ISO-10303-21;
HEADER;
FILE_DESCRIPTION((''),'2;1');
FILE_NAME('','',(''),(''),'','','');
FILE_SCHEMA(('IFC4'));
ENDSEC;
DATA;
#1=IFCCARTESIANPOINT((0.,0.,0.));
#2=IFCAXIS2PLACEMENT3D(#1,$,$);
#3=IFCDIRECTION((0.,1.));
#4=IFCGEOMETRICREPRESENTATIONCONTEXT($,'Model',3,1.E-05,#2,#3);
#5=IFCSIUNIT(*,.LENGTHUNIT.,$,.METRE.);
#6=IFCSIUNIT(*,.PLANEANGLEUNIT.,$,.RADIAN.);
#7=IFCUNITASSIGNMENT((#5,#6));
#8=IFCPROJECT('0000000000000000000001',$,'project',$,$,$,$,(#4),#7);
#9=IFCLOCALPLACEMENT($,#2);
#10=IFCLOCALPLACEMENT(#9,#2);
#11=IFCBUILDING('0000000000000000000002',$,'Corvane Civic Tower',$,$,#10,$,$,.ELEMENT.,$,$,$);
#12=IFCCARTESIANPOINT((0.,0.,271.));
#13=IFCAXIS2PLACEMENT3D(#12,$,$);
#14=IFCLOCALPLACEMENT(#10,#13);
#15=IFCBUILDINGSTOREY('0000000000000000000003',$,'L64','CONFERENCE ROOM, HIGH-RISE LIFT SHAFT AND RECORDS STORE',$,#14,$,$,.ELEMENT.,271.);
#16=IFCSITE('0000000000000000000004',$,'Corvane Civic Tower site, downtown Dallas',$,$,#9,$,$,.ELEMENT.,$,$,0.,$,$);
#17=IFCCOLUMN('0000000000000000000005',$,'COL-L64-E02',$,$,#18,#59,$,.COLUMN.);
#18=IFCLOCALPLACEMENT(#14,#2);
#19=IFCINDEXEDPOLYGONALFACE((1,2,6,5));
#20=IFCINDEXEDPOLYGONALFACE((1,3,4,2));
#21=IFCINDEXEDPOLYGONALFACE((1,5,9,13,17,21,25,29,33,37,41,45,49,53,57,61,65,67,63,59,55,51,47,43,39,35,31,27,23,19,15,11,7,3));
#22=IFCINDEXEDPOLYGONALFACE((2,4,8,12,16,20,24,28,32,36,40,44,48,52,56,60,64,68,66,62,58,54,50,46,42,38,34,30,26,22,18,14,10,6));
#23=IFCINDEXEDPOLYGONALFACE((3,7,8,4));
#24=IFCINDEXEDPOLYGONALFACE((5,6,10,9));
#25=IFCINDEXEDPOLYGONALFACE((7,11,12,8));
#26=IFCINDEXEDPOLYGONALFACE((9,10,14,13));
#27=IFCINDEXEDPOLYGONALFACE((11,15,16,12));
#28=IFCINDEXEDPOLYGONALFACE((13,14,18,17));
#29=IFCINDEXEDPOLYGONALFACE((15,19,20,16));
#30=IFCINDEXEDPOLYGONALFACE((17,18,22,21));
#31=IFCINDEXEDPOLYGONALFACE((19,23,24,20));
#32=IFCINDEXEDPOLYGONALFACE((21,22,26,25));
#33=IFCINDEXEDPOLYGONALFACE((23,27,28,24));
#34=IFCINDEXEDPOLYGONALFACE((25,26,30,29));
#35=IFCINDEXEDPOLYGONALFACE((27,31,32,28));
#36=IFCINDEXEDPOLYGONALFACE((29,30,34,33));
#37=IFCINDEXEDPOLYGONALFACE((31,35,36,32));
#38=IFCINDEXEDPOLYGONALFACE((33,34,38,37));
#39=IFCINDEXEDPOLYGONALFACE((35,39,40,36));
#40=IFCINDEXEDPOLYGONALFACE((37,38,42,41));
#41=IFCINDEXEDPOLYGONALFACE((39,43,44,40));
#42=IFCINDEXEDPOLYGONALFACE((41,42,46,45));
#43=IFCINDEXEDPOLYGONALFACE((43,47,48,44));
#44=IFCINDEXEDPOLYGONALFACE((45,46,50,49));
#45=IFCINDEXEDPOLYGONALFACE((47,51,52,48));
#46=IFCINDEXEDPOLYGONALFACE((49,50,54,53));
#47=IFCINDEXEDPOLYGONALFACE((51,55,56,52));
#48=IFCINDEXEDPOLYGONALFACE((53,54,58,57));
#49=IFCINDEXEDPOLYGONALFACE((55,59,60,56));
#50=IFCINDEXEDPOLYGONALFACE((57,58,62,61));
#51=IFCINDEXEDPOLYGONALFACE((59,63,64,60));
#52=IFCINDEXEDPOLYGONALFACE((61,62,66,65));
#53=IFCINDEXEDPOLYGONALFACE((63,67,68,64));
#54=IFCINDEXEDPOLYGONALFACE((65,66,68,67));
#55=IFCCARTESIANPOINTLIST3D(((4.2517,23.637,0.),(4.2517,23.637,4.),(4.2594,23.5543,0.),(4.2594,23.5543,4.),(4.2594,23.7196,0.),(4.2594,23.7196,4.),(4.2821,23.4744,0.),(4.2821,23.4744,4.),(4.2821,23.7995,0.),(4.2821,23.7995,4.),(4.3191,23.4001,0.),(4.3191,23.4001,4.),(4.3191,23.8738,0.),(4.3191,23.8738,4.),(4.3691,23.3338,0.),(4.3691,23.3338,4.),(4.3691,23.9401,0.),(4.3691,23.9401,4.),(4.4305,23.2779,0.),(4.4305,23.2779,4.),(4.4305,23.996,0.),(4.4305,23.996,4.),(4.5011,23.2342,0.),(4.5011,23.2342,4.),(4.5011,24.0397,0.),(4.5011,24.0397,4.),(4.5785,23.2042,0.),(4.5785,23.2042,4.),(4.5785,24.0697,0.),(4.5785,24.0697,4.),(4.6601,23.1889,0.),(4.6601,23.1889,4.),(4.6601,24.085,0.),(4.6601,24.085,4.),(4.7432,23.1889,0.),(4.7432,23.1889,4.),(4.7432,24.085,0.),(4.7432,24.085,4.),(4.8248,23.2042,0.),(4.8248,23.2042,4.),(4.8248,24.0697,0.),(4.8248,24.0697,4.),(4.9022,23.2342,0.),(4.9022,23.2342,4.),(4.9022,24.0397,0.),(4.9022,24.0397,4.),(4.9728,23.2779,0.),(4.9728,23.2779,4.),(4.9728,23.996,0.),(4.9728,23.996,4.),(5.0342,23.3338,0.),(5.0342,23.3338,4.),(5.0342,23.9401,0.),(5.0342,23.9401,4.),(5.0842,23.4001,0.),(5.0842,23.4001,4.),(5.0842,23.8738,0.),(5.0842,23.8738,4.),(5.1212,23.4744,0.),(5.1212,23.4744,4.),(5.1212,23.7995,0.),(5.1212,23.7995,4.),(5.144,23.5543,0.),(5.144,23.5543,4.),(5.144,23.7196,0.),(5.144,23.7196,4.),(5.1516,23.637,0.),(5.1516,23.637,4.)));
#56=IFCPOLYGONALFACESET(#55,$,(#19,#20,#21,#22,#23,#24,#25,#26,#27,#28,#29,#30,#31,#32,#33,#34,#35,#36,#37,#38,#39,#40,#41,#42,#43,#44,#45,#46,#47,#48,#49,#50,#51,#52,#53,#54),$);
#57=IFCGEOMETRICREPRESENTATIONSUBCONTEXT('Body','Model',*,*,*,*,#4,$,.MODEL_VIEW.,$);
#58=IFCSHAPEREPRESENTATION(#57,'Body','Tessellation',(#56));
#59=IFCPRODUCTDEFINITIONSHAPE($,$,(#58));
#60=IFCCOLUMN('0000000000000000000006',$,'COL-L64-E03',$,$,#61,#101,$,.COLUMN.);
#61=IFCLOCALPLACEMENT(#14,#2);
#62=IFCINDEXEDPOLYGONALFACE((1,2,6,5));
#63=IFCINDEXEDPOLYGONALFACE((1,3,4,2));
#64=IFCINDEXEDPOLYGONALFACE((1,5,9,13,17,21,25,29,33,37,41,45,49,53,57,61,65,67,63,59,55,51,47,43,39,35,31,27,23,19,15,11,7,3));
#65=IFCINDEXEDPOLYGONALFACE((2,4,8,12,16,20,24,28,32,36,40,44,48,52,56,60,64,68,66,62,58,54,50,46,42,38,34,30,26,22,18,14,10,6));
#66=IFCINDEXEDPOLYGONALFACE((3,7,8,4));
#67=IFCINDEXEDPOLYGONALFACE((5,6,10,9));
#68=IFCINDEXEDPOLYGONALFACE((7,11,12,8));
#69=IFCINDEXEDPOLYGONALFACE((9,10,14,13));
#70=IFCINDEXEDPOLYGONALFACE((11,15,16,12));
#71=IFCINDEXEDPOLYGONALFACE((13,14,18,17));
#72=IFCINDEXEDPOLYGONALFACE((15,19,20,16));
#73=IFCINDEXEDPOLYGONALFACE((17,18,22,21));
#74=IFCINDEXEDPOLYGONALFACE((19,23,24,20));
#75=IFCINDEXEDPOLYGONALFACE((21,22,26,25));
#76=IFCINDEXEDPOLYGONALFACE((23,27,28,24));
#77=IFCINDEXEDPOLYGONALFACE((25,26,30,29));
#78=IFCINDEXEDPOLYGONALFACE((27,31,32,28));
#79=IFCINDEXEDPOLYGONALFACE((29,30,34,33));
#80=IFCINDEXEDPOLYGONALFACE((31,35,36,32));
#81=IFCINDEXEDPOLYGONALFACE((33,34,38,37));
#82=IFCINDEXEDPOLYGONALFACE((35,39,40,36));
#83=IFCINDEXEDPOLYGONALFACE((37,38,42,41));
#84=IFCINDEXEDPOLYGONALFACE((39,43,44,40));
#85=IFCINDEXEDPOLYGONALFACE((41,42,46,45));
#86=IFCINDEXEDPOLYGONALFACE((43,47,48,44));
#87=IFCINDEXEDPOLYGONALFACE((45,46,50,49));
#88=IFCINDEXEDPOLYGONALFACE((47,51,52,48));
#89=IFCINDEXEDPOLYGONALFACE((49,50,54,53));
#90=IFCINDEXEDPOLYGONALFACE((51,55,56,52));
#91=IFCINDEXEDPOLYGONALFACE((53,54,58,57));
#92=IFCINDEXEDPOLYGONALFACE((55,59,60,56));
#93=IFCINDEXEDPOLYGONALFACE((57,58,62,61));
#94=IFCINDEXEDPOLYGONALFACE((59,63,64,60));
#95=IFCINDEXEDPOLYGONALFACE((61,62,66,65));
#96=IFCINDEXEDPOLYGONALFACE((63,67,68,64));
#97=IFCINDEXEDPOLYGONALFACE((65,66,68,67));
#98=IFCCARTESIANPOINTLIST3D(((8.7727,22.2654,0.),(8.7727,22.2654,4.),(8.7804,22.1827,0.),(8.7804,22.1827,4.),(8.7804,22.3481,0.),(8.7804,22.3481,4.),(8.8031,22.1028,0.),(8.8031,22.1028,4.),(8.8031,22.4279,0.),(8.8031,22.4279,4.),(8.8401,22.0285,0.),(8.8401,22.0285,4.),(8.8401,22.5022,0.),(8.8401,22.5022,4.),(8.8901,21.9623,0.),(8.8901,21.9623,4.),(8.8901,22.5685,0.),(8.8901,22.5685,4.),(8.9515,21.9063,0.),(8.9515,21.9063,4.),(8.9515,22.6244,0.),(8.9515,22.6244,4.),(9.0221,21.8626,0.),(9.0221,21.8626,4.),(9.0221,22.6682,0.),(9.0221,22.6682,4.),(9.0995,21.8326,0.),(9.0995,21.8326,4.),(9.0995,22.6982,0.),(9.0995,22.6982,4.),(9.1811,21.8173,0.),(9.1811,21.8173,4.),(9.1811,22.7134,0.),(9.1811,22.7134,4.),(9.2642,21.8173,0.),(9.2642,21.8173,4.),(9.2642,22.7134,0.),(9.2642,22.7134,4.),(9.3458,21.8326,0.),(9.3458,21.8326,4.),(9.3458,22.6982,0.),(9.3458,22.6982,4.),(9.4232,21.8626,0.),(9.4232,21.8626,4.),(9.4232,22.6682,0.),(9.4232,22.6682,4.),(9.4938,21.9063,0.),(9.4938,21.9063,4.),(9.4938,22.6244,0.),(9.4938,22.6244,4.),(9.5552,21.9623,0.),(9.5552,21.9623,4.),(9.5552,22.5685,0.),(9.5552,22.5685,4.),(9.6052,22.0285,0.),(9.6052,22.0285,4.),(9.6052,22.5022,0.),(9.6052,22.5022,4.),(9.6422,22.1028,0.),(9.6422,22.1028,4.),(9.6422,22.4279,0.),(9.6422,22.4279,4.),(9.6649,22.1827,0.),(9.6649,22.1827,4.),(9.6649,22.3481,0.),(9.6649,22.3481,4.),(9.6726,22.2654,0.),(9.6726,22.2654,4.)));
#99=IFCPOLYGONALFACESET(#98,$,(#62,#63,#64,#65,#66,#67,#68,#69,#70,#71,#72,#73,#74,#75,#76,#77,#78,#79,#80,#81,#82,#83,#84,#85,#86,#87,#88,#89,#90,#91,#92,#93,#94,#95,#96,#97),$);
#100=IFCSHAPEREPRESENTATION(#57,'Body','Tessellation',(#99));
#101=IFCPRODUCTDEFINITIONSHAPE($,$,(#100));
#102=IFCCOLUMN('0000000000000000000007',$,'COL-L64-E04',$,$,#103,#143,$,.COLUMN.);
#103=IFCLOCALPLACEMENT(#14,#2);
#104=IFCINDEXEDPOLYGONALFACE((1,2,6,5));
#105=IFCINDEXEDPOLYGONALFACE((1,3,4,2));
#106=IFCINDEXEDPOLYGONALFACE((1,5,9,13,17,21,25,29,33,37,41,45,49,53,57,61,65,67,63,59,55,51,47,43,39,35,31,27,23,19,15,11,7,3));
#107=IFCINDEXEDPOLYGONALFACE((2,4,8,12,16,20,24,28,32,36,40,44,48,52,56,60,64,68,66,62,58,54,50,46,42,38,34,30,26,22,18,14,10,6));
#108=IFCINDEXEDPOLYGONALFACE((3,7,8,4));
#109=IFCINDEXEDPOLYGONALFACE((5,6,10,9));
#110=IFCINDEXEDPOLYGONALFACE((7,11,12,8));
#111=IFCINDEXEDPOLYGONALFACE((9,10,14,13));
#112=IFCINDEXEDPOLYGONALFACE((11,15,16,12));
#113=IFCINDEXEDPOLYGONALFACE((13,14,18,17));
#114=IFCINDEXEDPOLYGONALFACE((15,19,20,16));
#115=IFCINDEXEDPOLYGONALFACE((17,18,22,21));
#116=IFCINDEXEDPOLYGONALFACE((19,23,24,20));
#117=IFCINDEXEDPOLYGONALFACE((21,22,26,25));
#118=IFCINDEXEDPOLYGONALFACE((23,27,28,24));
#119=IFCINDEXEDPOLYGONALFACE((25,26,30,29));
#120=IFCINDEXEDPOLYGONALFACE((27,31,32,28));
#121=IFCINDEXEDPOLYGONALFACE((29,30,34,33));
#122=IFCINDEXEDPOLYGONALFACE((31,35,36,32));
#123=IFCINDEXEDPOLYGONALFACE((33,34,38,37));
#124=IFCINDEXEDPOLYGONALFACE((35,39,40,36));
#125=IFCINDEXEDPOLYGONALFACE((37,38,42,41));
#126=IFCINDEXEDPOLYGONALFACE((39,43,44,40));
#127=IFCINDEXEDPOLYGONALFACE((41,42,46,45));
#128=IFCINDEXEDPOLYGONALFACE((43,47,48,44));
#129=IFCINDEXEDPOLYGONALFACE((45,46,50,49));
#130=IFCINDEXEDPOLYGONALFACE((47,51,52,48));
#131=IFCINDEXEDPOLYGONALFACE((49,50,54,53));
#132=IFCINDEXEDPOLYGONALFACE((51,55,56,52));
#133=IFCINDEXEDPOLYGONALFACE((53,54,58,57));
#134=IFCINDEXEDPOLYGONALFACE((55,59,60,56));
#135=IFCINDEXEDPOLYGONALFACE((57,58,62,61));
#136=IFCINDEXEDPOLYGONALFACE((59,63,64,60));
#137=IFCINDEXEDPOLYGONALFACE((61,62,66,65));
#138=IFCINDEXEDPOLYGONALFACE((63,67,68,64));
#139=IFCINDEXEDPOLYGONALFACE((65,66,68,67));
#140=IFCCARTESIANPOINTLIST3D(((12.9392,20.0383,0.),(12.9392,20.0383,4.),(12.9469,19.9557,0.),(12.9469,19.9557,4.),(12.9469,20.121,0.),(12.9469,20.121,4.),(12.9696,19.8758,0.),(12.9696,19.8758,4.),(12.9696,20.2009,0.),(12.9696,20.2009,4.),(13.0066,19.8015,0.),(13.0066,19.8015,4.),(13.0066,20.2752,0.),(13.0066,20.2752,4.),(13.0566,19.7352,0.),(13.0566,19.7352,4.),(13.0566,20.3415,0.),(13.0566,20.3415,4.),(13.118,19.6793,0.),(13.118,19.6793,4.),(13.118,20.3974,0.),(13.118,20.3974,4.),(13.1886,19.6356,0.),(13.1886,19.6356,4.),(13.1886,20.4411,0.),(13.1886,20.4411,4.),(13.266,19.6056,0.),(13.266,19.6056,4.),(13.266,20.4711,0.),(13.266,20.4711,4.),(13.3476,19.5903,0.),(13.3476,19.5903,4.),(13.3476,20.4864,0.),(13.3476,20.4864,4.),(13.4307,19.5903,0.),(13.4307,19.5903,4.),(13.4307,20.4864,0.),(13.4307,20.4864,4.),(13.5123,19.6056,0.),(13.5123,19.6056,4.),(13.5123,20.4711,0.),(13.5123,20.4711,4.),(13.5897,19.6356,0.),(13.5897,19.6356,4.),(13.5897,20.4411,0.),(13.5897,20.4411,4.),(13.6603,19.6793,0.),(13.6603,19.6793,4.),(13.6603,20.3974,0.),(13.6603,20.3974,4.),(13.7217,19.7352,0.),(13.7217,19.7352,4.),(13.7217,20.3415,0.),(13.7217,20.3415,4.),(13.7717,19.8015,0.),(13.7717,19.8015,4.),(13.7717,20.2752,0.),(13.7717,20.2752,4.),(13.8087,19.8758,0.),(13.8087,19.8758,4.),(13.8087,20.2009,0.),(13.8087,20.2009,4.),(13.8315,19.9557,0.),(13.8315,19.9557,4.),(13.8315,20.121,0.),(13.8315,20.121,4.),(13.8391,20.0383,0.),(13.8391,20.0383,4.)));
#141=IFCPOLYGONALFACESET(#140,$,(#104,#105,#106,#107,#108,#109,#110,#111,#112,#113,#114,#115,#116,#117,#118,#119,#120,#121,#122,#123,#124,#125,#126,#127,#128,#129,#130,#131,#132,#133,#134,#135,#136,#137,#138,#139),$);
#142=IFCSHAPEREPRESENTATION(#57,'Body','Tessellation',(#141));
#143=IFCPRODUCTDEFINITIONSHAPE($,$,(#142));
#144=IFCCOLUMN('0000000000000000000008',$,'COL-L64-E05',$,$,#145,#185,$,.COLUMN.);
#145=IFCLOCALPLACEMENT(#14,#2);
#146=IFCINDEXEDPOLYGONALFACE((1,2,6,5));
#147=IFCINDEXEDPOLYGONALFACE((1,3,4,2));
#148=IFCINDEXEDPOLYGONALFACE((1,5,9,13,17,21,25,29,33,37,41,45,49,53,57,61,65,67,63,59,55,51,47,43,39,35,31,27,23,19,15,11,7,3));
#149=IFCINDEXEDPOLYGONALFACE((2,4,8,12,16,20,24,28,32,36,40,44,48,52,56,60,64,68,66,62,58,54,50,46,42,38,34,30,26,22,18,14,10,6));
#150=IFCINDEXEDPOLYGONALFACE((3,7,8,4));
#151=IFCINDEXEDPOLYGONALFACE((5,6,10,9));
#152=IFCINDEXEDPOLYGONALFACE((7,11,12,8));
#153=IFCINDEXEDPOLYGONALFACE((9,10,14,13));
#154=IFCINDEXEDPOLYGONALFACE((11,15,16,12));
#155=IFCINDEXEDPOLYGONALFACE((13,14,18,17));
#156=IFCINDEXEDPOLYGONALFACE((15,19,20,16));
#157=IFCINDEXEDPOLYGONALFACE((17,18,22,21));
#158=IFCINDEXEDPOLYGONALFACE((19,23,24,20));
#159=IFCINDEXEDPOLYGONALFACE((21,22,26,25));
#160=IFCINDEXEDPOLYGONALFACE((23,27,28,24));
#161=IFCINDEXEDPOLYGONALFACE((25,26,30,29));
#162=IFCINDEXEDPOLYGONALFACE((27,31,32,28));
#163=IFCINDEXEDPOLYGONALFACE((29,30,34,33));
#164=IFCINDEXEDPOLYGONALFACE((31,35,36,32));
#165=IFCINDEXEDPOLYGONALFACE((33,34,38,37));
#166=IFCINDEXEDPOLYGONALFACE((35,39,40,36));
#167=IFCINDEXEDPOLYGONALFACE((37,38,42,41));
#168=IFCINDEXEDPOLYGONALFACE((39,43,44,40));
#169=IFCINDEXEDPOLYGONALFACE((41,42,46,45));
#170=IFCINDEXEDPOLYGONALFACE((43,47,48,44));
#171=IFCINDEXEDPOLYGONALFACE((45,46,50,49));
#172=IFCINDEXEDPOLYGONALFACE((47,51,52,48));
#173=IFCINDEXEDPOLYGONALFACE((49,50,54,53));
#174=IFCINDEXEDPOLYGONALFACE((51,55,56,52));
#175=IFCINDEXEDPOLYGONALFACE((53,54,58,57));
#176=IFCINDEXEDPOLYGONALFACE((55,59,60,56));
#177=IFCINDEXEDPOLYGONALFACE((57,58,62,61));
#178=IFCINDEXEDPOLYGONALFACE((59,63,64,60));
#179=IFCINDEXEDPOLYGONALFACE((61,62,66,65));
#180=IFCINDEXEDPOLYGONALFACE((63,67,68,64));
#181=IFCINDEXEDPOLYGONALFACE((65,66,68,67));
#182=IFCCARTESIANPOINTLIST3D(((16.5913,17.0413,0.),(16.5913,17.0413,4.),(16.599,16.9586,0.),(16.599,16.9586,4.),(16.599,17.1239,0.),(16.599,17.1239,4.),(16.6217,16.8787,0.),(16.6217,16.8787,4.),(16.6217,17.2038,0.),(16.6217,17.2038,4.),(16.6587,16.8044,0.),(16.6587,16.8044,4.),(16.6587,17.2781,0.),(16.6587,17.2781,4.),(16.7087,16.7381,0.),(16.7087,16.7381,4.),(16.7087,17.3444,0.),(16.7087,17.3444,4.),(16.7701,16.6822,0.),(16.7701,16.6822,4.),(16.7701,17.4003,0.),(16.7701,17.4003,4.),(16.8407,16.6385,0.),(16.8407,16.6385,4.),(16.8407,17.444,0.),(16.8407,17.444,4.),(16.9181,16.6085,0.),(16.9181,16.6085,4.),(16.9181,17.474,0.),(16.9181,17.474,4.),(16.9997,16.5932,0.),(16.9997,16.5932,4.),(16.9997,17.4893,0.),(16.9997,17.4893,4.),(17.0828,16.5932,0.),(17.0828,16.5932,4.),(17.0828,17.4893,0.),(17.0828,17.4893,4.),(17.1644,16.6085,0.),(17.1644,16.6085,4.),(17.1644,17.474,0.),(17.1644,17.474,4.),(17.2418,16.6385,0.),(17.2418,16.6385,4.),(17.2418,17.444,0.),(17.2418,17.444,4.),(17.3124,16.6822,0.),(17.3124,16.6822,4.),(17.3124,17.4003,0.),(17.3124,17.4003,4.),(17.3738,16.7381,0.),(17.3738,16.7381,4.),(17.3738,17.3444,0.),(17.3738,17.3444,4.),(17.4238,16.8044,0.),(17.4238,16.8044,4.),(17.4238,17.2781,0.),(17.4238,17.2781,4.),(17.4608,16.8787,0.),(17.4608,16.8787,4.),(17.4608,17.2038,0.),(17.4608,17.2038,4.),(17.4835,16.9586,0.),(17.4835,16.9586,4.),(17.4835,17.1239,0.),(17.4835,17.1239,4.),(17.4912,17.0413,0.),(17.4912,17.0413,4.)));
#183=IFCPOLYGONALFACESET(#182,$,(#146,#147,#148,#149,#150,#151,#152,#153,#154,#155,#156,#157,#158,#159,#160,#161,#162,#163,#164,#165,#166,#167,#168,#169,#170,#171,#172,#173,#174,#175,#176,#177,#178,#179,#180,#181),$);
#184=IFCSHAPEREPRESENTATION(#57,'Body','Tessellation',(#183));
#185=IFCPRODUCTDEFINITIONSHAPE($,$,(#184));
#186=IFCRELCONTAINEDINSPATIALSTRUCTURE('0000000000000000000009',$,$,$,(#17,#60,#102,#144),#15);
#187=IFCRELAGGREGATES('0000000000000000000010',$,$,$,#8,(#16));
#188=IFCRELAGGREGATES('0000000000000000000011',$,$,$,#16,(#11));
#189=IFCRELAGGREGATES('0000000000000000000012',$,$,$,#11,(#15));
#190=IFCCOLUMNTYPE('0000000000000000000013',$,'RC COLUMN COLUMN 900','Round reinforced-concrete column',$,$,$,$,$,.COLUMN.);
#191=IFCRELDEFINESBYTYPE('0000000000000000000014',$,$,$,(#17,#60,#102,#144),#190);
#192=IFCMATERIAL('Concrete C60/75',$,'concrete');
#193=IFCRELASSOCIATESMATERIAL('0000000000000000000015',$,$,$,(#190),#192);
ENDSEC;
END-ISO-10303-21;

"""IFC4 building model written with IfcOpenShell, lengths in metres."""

from ifc_helpers import new_model, si_unit, direction, frame, origin, origin_2d, place, context, subcontext, project, spatial, circle, extrude, material, material_profile, profile_set, type_object, element, save


model = new_model("IFC4")

# Units and contexts
model_context = context("Model", 3, precision=1e-05, world=origin(), true_north=direction((0.0, 1.0)))
body_context = subcontext(model_context, "Body", "Model", "MODEL_VIEW")
ifc_project = project(units=[si_unit("LENGTHUNIT", "METRE"), si_unit("PLANEANGLEUNIT", "RADIAN")], contexts=[model_context])

# Site, building, storey
site_placement = place(None, origin())
site = spatial("IfcSite", under=ifc_project, at=site_placement, Name="Corvane Civic Tower site, downtown Dallas", CompositionType="ELEMENT", RefElevation=0.0)
building_placement = place(site_placement, origin())
building = spatial("IfcBuilding", under=site, at=building_placement, Name="Corvane Civic Tower", CompositionType="ELEMENT")
storey_placement = place(building_placement, frame((0.0, 0.0, 271.0)))
storey = spatial("IfcBuildingStorey", under=building, at=storey_placement, Name="L64", Description="CONFERENCE ROOM, HIGH-RISE LIFT SHAFT AND RECORDS STORE", CompositionType="ELEMENT", Elevation=271.0)

# Columns
ifc_material_1 = material(Name="Concrete C60/75", Category="concrete")
ifc_material_profile_1 = material_profile(ifc_material_1, circle(Radius=0.45, at=origin_2d()), Name="COLUMN 900")
ifc_profile_set_1 = profile_set([ifc_material_profile_1], Name="Concrete C60/75")
column_type = type_object("IfcColumnType", Name="RC COLUMN COLUMN 900", Description="Round reinforced-concrete column", PredefinedType="COLUMN", material=ifc_profile_set_1)
for number, where, z_axis, x_axis, name in (
    (1, (4.7017, 23.637, 0.0), (0.0, 0.0, 1.0), (1.0, 0.0, 0.0), "COL-L64-E02"),
    (2, (9.2227, 22.2654, 0.0), (0.0, 0.0, 1.0), (1.0, 0.0, 0.0), "COL-L64-E03"),
    (3, (13.3892, 20.0383, 0.0), (0.0, 0.0, 1.0), (1.0, 0.0, 0.0), "COL-L64-E04"),
    (4, (17.0413, 17.0413, 0.0), (0.0, 0.0, 1.0), (1.0, 0.0, 0.0), "COL-L64-E05"),
):
    element("IfcColumn", number, at=place(storey_placement, frame(where, z_axis=z_axis, x_axis=x_axis)), inside=storey, type_object=column_type, Name=name, PredefinedType="COLUMN", context=body_context, shape_type="SweptSolid", body=[
        extrude(circle(Radius=0.45, at=origin_2d()), origin(), (0.0, 0.0, 1.0), 4.0),
    ])

save(model, "model.ifc")
